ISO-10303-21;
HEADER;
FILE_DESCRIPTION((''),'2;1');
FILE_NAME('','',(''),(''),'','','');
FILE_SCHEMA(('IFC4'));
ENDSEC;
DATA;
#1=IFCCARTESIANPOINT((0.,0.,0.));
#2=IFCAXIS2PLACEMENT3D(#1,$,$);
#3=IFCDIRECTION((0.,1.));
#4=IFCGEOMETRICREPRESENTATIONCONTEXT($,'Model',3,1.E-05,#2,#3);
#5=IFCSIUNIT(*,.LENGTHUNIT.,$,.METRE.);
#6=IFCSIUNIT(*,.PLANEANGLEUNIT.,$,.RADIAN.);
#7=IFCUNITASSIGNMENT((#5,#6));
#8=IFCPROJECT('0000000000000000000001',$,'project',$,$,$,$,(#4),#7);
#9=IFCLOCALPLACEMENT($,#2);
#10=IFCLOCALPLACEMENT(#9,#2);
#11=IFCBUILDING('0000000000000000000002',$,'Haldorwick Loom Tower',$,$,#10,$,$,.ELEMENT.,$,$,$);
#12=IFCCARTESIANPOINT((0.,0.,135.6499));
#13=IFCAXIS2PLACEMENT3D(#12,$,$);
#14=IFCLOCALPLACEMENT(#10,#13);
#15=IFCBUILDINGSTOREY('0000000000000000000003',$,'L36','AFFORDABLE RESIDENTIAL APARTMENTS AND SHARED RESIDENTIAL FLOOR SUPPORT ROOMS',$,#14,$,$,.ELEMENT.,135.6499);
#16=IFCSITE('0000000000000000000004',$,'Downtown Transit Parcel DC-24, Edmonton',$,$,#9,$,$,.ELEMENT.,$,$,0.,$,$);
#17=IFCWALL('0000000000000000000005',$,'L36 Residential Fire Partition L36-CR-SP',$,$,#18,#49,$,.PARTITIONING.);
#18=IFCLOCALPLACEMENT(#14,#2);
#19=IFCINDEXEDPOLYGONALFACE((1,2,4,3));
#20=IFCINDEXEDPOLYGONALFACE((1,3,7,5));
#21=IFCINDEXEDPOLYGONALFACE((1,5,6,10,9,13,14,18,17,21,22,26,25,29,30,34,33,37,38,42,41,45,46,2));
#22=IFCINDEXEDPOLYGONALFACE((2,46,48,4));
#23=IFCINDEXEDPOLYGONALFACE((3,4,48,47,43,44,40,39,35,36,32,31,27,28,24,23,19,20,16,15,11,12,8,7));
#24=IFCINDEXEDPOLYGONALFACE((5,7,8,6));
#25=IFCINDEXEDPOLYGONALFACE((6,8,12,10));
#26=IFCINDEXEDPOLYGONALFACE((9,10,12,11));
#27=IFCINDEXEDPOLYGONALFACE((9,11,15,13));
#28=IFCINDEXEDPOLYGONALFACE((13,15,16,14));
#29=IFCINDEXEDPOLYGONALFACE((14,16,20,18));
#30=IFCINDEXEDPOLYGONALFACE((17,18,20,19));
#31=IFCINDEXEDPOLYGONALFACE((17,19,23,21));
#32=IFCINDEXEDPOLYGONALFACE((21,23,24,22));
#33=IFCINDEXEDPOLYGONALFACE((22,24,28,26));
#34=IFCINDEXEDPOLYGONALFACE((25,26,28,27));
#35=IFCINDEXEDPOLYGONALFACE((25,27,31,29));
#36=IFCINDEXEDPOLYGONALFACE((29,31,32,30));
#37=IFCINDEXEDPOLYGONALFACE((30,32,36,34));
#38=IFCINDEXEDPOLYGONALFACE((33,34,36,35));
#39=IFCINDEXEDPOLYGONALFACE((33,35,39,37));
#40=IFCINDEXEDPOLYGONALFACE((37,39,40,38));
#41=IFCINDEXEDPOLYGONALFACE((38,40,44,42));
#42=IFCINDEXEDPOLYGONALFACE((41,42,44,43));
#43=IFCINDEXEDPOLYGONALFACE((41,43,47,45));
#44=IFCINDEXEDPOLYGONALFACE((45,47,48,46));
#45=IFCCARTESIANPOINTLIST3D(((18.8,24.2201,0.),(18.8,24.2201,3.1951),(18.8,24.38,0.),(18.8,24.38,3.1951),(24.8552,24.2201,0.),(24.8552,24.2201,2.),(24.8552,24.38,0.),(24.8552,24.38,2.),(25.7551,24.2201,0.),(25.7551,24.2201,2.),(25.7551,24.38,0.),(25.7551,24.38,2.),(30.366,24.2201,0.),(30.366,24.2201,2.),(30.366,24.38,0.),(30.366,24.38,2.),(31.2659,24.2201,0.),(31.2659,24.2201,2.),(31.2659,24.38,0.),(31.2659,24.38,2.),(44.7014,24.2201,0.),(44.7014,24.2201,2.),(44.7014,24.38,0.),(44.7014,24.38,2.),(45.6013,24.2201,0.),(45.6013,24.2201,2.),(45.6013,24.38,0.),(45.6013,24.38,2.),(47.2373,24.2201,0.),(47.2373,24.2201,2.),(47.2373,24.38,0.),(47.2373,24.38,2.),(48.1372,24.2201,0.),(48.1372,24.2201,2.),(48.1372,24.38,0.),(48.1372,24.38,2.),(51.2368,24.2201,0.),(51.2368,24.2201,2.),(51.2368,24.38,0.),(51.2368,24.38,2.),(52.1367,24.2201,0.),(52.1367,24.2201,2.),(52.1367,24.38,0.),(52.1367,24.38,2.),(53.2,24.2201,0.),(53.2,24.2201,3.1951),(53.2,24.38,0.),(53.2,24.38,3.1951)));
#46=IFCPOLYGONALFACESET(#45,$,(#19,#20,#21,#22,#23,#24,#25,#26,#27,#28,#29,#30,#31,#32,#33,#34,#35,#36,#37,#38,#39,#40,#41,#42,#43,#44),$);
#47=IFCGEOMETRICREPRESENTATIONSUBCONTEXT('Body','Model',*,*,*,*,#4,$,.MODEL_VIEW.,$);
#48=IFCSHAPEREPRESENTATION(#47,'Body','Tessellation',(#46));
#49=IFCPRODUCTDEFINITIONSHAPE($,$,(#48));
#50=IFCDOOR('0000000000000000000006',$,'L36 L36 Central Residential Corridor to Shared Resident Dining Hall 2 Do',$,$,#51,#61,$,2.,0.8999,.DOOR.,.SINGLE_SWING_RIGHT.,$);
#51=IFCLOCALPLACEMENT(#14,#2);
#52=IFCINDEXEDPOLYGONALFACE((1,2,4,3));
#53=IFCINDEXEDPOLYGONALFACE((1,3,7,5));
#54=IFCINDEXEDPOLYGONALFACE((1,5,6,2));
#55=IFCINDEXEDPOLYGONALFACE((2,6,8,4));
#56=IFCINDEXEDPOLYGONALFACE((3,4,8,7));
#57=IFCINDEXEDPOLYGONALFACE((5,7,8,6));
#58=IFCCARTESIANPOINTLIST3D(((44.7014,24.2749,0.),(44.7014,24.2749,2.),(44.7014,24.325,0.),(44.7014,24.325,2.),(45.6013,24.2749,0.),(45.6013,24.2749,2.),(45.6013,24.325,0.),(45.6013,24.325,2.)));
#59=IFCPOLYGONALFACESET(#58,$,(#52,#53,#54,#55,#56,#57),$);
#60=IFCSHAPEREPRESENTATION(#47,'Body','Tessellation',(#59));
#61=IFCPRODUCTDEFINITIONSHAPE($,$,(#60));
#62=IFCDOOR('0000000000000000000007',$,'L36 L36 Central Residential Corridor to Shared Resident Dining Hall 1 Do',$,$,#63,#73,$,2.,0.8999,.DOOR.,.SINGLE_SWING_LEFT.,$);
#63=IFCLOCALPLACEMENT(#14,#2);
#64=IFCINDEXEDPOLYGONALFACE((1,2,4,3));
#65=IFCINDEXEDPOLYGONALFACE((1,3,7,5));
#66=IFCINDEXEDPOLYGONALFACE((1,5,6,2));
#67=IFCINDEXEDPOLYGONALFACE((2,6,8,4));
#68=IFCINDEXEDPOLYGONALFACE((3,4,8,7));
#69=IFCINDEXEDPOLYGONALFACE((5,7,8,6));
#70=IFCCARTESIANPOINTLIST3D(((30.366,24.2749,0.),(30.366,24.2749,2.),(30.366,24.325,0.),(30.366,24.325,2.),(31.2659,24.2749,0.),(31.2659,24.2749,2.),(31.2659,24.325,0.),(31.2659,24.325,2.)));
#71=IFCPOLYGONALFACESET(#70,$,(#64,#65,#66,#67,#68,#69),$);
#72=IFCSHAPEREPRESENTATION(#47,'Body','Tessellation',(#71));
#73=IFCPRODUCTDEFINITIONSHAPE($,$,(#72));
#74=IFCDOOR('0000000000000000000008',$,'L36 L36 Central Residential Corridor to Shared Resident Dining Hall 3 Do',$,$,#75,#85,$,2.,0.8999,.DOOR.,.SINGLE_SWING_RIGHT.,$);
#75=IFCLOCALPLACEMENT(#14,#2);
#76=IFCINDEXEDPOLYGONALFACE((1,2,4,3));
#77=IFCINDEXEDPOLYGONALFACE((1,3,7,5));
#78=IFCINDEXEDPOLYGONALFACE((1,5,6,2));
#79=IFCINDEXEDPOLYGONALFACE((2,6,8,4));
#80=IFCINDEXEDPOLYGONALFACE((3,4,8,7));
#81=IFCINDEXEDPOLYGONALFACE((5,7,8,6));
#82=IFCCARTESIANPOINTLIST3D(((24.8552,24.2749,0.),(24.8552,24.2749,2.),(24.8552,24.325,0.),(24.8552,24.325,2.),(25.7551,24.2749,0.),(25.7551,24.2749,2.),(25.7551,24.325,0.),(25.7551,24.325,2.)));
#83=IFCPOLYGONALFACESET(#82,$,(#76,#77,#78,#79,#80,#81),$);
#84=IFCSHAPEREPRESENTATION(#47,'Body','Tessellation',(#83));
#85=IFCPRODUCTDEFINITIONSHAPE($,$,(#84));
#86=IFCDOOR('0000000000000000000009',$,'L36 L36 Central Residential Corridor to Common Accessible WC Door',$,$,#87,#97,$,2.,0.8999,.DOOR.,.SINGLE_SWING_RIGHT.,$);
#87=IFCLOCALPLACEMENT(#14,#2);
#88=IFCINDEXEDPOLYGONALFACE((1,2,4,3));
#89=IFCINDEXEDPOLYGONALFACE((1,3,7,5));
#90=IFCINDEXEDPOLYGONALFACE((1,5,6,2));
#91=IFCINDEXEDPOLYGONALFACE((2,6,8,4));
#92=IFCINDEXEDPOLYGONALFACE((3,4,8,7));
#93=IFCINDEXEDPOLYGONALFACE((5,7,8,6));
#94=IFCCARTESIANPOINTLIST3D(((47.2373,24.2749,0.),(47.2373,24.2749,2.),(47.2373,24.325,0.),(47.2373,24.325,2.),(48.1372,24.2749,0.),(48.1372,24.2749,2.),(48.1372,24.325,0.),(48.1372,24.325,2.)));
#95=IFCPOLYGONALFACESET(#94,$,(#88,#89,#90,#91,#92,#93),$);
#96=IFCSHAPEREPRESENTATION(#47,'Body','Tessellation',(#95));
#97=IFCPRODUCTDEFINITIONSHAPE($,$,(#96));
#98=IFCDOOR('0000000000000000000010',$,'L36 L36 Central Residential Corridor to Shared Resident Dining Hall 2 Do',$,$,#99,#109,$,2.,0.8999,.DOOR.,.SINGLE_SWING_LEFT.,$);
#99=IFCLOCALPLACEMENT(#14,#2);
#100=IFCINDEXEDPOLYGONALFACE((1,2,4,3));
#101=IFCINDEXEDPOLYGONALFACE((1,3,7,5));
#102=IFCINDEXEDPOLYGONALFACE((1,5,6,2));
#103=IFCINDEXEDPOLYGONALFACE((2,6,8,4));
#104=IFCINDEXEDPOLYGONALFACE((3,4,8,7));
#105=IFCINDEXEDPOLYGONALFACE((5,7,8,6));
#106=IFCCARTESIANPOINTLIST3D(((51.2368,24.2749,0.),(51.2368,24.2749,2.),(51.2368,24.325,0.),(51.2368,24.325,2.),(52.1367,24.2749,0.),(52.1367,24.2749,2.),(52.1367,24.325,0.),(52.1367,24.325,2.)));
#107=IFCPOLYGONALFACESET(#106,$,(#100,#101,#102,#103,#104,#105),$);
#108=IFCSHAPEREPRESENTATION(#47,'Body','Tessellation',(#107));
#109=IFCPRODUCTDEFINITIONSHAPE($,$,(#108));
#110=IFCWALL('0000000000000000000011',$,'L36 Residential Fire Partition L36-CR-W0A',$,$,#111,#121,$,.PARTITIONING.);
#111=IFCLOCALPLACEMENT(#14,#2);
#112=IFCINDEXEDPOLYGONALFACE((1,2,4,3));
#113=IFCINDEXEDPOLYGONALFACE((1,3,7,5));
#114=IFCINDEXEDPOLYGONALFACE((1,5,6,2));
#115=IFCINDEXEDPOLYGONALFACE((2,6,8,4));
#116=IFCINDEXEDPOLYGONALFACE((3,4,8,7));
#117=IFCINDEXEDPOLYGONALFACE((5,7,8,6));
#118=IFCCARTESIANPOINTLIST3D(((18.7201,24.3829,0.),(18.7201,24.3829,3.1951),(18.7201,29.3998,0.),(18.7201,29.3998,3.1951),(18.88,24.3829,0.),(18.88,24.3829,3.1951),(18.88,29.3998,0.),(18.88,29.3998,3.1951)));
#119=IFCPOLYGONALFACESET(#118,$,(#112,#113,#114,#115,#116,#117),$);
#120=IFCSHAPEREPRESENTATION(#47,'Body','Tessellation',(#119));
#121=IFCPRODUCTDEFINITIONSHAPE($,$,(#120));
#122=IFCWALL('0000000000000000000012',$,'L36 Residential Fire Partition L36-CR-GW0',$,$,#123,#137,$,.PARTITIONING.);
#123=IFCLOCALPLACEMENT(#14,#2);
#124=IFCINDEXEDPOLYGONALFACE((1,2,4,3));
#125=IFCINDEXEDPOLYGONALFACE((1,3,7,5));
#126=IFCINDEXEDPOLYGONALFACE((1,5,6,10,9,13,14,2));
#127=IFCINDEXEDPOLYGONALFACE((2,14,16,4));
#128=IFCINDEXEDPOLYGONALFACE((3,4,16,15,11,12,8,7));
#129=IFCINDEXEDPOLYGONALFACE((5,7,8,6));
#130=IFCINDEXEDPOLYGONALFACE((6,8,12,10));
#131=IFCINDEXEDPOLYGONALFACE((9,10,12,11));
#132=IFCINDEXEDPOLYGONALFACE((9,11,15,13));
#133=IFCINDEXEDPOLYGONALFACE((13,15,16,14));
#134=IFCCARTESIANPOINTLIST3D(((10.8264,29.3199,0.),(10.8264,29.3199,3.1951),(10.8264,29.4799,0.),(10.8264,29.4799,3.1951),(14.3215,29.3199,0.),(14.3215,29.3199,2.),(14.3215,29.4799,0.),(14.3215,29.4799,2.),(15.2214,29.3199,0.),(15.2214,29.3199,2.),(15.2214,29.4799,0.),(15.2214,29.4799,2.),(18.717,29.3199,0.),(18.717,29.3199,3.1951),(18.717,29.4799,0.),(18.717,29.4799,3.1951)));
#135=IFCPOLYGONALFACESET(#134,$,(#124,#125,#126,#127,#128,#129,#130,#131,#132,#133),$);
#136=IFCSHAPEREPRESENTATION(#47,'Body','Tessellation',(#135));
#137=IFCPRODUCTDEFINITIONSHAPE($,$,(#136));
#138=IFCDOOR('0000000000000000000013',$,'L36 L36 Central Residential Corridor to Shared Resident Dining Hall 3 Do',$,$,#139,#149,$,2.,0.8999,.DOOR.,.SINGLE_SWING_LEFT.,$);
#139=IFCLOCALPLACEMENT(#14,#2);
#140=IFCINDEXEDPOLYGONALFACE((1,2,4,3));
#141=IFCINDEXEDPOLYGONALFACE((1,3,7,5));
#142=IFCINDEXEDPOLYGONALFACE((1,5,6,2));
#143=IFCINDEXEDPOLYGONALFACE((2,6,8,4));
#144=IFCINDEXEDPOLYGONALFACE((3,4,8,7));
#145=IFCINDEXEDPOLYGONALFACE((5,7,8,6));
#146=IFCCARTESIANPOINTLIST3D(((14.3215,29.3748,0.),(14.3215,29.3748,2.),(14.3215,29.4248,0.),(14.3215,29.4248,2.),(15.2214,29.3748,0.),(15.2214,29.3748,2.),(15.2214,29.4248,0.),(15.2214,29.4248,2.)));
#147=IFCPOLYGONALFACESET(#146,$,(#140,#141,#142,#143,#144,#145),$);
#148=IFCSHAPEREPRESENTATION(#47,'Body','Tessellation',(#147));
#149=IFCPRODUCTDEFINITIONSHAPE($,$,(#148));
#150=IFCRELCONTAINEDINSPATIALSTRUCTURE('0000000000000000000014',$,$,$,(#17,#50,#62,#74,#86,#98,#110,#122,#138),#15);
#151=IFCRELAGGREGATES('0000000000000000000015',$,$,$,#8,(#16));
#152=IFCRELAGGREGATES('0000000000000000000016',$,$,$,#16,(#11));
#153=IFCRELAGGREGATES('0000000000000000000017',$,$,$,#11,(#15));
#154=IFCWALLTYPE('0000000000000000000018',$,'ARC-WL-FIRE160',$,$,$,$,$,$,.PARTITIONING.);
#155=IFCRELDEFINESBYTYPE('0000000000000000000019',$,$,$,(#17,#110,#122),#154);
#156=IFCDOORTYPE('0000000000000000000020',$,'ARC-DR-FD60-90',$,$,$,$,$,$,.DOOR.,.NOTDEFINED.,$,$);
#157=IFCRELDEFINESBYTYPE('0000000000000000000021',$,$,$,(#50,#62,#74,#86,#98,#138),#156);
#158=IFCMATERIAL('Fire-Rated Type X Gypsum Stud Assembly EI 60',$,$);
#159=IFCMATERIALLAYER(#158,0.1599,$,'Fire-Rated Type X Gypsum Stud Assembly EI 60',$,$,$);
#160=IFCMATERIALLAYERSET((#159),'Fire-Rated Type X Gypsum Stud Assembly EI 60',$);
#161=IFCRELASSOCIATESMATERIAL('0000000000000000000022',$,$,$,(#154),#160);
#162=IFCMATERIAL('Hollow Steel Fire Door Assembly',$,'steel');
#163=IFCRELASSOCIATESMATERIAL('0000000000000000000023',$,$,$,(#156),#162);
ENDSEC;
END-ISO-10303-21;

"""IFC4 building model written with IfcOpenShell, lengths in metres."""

from ifc_helpers import new_model, si_unit, direction, frame, frame_2d, origin, place, context, subcontext, project, spatial, rectangle, extrude, material, layer, layer_set, type_object, element, fill, save


model = new_model("IFC4")

# Units and contexts
model_context = context("Model", 3, precision=1e-05, world=origin(), true_north=direction((0.0, 1.0)))
body_context = subcontext(model_context, "Body", "Model", "MODEL_VIEW")
ifc_project = project(units=[si_unit("LENGTHUNIT", "METRE"), si_unit("PLANEANGLEUNIT", "RADIAN")], contexts=[model_context])

# Site, building, storey
site_placement = place(None, origin())
site = spatial("IfcSite", under=ifc_project, at=site_placement, Name="Downtown Transit Parcel DC-24, Edmonton", CompositionType="ELEMENT", RefElevation=0.0)
building_placement = place(site_placement, origin())
building = spatial("IfcBuilding", under=site, at=building_placement, Name="Haldorwick Loom Tower", CompositionType="ELEMENT")
storey_placement = place(building_placement, frame((0.0, 0.0, 135.6499)))
storey = spatial("IfcBuildingStorey", under=building, at=storey_placement, Name="L36", Description="AFFORDABLE RESIDENTIAL APARTMENTS AND SHARED RESIDENTIAL FLOOR SUPPORT ROOMS", CompositionType="ELEMENT", Elevation=135.6499)

# Wall, openings, doors
ifc_material_1 = material(Name="Fire-Rated Type X Gypsum Stud Assembly EI 60")
ifc_layer_1 = layer(ifc_material_1, 0.1599, Name="Fire-Rated Type X Gypsum Stud Assembly EI 60")
ifc_layer_set_1 = layer_set([ifc_layer_1], Name="Fire-Rated Type X Gypsum Stud Assembly EI 60")
wall_type_1 = type_object("IfcWallType", Name="ARC-WL-FIRE160", PredefinedType="PARTITIONING", material=ifc_layer_set_1)
wall_1_placement = place(storey_placement, frame((18.8, 24.3, 0.0), z_axis=(0.0, 0.0, 1.0), x_axis=(1.0, 0.0, 0.0)))
wall_1 = element("IfcWall", 1, at=wall_1_placement, inside=storey, type_object=wall_type_1, Name="L36 Residential Fire Partition L36-CR-SP", PredefinedType="PARTITIONING", context=body_context, shape_type="SweptSolid", body=[
    extrude(rectangle(XDim=34.3999, YDim=0.1599, at=frame_2d((17.2, 0.0))), origin(), (0.0, 0.0, 1.0), 3.1951),
])
opening_1_placement = place(wall_1_placement, frame((25.9014, 0.0, 0.0)))
opening_1 = element("IfcOpeningElement", 2, at=opening_1_placement, cuts=wall_1, PredefinedType="OPENING", context=body_context, shape_type="SweptSolid", body=[
    extrude(rectangle(XDim=0.8999, YDim=2.0, at=frame_2d((0.45, 1.0))), frame((0.0, 0.0898, 0.0), z_axis=(0.0, -1.0, 0.0), x_axis=(1.0, 0.0, 0.0)), (0.0, 0.0, 1.0), 0.1799),
])
opening_2_placement = place(wall_1_placement, frame((11.5659, 0.0, 0.0)))
opening_2 = element("IfcOpeningElement", 3, at=opening_2_placement, cuts=wall_1, PredefinedType="OPENING", context=body_context, shape_type="SweptSolid", body=[
    extrude(rectangle(XDim=0.8999, YDim=2.0, at=frame_2d((0.45, 1.0))), frame((0.0, 0.0898, 0.0), z_axis=(0.0, -1.0, 0.0), x_axis=(1.0, 0.0, 0.0)), (0.0, 0.0, 1.0), 0.1799),
])
opening_3_placement = place(wall_1_placement, frame((6.0552, 0.0, 0.0)))
opening_3 = element("IfcOpeningElement", 4, at=opening_3_placement, cuts=wall_1, PredefinedType="OPENING", context=body_context, shape_type="SweptSolid", body=[
    extrude(rectangle(XDim=0.8999, YDim=2.0, at=frame_2d((0.45, 1.0))), frame((0.0, 0.0898, 0.0), z_axis=(0.0, -1.0, 0.0), x_axis=(1.0, 0.0, 0.0)), (0.0, 0.0, 1.0), 0.1799),
])
opening_4_placement = place(wall_1_placement, frame((28.4373, 0.0, 0.0)))
opening_4 = element("IfcOpeningElement", 5, at=opening_4_placement, cuts=wall_1, PredefinedType="OPENING", context=body_context, shape_type="SweptSolid", body=[
    extrude(rectangle(XDim=0.8999, YDim=2.0, at=frame_2d((0.45, 1.0))), frame((0.0, 0.0898, 0.0), z_axis=(0.0, -1.0, 0.0), x_axis=(1.0, 0.0, 0.0)), (0.0, 0.0, 1.0), 0.1799),
])
opening_5_placement = place(wall_1_placement, frame((32.4368, 0.0, 0.0)))
opening_5 = element("IfcOpeningElement", 6, at=opening_5_placement, cuts=wall_1, PredefinedType="OPENING", context=body_context, shape_type="SweptSolid", body=[
    extrude(rectangle(XDim=0.8999, YDim=2.0, at=frame_2d((0.45, 1.0))), frame((0.0, 0.0898, 0.0), z_axis=(0.0, -1.0, 0.0), x_axis=(1.0, 0.0, 0.0)), (0.0, 0.0, 1.0), 0.1799),
])
ifc_material_2 = material(Name="Hollow Steel Fire Door Assembly", Category="steel")
door_type = type_object("IfcDoorType", Name="ARC-DR-FD60-90", OperationType="NOTDEFINED", PredefinedType="DOOR", material=ifc_material_2)
door_1_placement = place(opening_1_placement, origin())
door_1 = element("IfcDoor", 7, at=door_1_placement, inside=storey, type_object=door_type, Name="L36 L36 Central Residential Corridor to Shared Resident Dining Hall 2 Do", OperationType="SINGLE_SWING_RIGHT", OverallHeight=2.0, OverallWidth=0.8999, PredefinedType="DOOR", context=body_context, shape_type="SweptSolid", body=[
    extrude(rectangle(XDim=0.8999, YDim=2.0, at=frame_2d((0.45, 1.0))), frame((0.0, 0.0249, 0.0), z_axis=(0.0, -1.0, 0.0), x_axis=(1.0, 0.0, 0.0)), (0.0, 0.0, 1.0), 0.05),
])
fill(opening_1, door_1)
door_2_placement = place(opening_2_placement, origin())
door_2 = element("IfcDoor", 8, at=door_2_placement, inside=storey, type_object=door_type, Name="L36 L36 Central Residential Corridor to Shared Resident Dining Hall 1 Do", OperationType="SINGLE_SWING_LEFT", OverallHeight=2.0, OverallWidth=0.8999, PredefinedType="DOOR", context=body_context, shape_type="SweptSolid", body=[
    extrude(rectangle(XDim=0.8999, YDim=2.0, at=frame_2d((0.45, 1.0))), frame((0.0, 0.0249, 0.0), z_axis=(0.0, -1.0, 0.0), x_axis=(1.0, 0.0, 0.0)), (0.0, 0.0, 1.0), 0.05),
])
fill(opening_2, door_2)
door_3_placement = place(opening_3_placement, origin())
door_3 = element("IfcDoor", 9, at=door_3_placement, inside=storey, type_object=door_type, Name="L36 L36 Central Residential Corridor to Shared Resident Dining Hall 3 Do", OperationType="SINGLE_SWING_RIGHT", OverallHeight=2.0, OverallWidth=0.8999, PredefinedType="DOOR", context=body_context, shape_type="SweptSolid", body=[
    extrude(rectangle(XDim=0.8999, YDim=2.0, at=frame_2d((0.45, 1.0))), frame((0.0, 0.0249, 0.0), z_axis=(0.0, -1.0, 0.0), x_axis=(1.0, 0.0, 0.0)), (0.0, 0.0, 1.0), 0.05),
])
fill(opening_3, door_3)
door_4_placement = place(opening_4_placement, origin())
door_4 = element("IfcDoor", 10, at=door_4_placement, inside=storey, type_object=door_type, Name="L36 L36 Central Residential Corridor to Common Accessible WC Door", OperationType="SINGLE_SWING_RIGHT", OverallHeight=2.0, OverallWidth=0.8999, PredefinedType="DOOR", context=body_context, shape_type="SweptSolid", body=[
    extrude(rectangle(XDim=0.8999, YDim=2.0, at=frame_2d((0.45, 1.0))), frame((0.0, 0.0249, 0.0), z_axis=(0.0, -1.0, 0.0), x_axis=(1.0, 0.0, 0.0)), (0.0, 0.0, 1.0), 0.05),
])
fill(opening_4, door_4)
door_5_placement = place(opening_5_placement, origin())
door_5 = element("IfcDoor", 11, at=door_5_placement, inside=storey, type_object=door_type, Name="L36 L36 Central Residential Corridor to Shared Resident Dining Hall 2 Do", OperationType="SINGLE_SWING_LEFT", OverallHeight=2.0, OverallWidth=0.8999, PredefinedType="DOOR", context=body_context, shape_type="SweptSolid", body=[
    extrude(rectangle(XDim=0.8999, YDim=2.0, at=frame_2d((0.45, 1.0))), frame((0.0, 0.0249, 0.0), z_axis=(0.0, -1.0, 0.0), x_axis=(1.0, 0.0, 0.0)), (0.0, 0.0, 1.0), 0.05),
])
fill(opening_5, door_5)

# Wall
wall_2_placement = place(storey_placement, frame((18.8, 24.3831, 0.0), z_axis=(0.0, 0.0, 1.0), x_axis=(0.0, 1.0, 0.0)))
element("IfcWall", 12, at=wall_2_placement, inside=storey, type_object=wall_type_1, Name="L36 Residential Fire Partition L36-CR-W0A", PredefinedType="PARTITIONING", context=body_context, shape_type="SweptSolid", body=[
    extrude(rectangle(XDim=5.0168, YDim=0.1599, at=frame_2d((2.5083, 0.0))), origin(), (0.0, 0.0, 1.0), 3.1951),
])

# Wall, opening, door
wall_3_placement = place(storey_placement, frame((10.8264, 29.3999, 0.0), z_axis=(0.0, 0.0, 1.0), x_axis=(1.0, 0.0, 0.0)))
wall_3 = element("IfcWall", 13, at=wall_3_placement, inside=storey, type_object=wall_type_1, Name="L36 Residential Fire Partition L36-CR-GW0", PredefinedType="PARTITIONING", context=body_context, shape_type="SweptSolid", body=[
    extrude(rectangle(XDim=7.8906, YDim=0.1599, at=frame_2d((3.9453, 0.0))), origin(), (0.0, 0.0, 1.0), 3.1951),
])
opening_6_placement = place(wall_3_placement, frame((3.4951, 0.0, 0.0)))
opening_6 = element("IfcOpeningElement", 14, at=opening_6_placement, cuts=wall_3, PredefinedType="OPENING", context=body_context, shape_type="SweptSolid", body=[
    extrude(rectangle(XDim=0.8999, YDim=2.0, at=frame_2d((0.45, 1.0))), frame((0.0, 0.0898, 0.0), z_axis=(0.0, -1.0, 0.0), x_axis=(1.0, 0.0, 0.0)), (0.0, 0.0, 1.0), 0.1799),
])
door_6_placement = place(opening_6_placement, origin())
door_6 = element("IfcDoor", 15, at=door_6_placement, inside=storey, type_object=door_type, Name="L36 L36 Central Residential Corridor to Shared Resident Dining Hall 3 Do", OperationType="SINGLE_SWING_LEFT", OverallHeight=2.0, OverallWidth=0.8999, PredefinedType="DOOR", context=body_context, shape_type="SweptSolid", body=[
    extrude(rectangle(XDim=0.8999, YDim=2.0, at=frame_2d((0.45, 1.0))), frame((0.0, 0.0249, 0.0), z_axis=(0.0, -1.0, 0.0), x_axis=(1.0, 0.0, 0.0)), (0.0, 0.0, 1.0), 0.05),
])
fill(opening_6, door_6)

save(model, "model.ifc")
